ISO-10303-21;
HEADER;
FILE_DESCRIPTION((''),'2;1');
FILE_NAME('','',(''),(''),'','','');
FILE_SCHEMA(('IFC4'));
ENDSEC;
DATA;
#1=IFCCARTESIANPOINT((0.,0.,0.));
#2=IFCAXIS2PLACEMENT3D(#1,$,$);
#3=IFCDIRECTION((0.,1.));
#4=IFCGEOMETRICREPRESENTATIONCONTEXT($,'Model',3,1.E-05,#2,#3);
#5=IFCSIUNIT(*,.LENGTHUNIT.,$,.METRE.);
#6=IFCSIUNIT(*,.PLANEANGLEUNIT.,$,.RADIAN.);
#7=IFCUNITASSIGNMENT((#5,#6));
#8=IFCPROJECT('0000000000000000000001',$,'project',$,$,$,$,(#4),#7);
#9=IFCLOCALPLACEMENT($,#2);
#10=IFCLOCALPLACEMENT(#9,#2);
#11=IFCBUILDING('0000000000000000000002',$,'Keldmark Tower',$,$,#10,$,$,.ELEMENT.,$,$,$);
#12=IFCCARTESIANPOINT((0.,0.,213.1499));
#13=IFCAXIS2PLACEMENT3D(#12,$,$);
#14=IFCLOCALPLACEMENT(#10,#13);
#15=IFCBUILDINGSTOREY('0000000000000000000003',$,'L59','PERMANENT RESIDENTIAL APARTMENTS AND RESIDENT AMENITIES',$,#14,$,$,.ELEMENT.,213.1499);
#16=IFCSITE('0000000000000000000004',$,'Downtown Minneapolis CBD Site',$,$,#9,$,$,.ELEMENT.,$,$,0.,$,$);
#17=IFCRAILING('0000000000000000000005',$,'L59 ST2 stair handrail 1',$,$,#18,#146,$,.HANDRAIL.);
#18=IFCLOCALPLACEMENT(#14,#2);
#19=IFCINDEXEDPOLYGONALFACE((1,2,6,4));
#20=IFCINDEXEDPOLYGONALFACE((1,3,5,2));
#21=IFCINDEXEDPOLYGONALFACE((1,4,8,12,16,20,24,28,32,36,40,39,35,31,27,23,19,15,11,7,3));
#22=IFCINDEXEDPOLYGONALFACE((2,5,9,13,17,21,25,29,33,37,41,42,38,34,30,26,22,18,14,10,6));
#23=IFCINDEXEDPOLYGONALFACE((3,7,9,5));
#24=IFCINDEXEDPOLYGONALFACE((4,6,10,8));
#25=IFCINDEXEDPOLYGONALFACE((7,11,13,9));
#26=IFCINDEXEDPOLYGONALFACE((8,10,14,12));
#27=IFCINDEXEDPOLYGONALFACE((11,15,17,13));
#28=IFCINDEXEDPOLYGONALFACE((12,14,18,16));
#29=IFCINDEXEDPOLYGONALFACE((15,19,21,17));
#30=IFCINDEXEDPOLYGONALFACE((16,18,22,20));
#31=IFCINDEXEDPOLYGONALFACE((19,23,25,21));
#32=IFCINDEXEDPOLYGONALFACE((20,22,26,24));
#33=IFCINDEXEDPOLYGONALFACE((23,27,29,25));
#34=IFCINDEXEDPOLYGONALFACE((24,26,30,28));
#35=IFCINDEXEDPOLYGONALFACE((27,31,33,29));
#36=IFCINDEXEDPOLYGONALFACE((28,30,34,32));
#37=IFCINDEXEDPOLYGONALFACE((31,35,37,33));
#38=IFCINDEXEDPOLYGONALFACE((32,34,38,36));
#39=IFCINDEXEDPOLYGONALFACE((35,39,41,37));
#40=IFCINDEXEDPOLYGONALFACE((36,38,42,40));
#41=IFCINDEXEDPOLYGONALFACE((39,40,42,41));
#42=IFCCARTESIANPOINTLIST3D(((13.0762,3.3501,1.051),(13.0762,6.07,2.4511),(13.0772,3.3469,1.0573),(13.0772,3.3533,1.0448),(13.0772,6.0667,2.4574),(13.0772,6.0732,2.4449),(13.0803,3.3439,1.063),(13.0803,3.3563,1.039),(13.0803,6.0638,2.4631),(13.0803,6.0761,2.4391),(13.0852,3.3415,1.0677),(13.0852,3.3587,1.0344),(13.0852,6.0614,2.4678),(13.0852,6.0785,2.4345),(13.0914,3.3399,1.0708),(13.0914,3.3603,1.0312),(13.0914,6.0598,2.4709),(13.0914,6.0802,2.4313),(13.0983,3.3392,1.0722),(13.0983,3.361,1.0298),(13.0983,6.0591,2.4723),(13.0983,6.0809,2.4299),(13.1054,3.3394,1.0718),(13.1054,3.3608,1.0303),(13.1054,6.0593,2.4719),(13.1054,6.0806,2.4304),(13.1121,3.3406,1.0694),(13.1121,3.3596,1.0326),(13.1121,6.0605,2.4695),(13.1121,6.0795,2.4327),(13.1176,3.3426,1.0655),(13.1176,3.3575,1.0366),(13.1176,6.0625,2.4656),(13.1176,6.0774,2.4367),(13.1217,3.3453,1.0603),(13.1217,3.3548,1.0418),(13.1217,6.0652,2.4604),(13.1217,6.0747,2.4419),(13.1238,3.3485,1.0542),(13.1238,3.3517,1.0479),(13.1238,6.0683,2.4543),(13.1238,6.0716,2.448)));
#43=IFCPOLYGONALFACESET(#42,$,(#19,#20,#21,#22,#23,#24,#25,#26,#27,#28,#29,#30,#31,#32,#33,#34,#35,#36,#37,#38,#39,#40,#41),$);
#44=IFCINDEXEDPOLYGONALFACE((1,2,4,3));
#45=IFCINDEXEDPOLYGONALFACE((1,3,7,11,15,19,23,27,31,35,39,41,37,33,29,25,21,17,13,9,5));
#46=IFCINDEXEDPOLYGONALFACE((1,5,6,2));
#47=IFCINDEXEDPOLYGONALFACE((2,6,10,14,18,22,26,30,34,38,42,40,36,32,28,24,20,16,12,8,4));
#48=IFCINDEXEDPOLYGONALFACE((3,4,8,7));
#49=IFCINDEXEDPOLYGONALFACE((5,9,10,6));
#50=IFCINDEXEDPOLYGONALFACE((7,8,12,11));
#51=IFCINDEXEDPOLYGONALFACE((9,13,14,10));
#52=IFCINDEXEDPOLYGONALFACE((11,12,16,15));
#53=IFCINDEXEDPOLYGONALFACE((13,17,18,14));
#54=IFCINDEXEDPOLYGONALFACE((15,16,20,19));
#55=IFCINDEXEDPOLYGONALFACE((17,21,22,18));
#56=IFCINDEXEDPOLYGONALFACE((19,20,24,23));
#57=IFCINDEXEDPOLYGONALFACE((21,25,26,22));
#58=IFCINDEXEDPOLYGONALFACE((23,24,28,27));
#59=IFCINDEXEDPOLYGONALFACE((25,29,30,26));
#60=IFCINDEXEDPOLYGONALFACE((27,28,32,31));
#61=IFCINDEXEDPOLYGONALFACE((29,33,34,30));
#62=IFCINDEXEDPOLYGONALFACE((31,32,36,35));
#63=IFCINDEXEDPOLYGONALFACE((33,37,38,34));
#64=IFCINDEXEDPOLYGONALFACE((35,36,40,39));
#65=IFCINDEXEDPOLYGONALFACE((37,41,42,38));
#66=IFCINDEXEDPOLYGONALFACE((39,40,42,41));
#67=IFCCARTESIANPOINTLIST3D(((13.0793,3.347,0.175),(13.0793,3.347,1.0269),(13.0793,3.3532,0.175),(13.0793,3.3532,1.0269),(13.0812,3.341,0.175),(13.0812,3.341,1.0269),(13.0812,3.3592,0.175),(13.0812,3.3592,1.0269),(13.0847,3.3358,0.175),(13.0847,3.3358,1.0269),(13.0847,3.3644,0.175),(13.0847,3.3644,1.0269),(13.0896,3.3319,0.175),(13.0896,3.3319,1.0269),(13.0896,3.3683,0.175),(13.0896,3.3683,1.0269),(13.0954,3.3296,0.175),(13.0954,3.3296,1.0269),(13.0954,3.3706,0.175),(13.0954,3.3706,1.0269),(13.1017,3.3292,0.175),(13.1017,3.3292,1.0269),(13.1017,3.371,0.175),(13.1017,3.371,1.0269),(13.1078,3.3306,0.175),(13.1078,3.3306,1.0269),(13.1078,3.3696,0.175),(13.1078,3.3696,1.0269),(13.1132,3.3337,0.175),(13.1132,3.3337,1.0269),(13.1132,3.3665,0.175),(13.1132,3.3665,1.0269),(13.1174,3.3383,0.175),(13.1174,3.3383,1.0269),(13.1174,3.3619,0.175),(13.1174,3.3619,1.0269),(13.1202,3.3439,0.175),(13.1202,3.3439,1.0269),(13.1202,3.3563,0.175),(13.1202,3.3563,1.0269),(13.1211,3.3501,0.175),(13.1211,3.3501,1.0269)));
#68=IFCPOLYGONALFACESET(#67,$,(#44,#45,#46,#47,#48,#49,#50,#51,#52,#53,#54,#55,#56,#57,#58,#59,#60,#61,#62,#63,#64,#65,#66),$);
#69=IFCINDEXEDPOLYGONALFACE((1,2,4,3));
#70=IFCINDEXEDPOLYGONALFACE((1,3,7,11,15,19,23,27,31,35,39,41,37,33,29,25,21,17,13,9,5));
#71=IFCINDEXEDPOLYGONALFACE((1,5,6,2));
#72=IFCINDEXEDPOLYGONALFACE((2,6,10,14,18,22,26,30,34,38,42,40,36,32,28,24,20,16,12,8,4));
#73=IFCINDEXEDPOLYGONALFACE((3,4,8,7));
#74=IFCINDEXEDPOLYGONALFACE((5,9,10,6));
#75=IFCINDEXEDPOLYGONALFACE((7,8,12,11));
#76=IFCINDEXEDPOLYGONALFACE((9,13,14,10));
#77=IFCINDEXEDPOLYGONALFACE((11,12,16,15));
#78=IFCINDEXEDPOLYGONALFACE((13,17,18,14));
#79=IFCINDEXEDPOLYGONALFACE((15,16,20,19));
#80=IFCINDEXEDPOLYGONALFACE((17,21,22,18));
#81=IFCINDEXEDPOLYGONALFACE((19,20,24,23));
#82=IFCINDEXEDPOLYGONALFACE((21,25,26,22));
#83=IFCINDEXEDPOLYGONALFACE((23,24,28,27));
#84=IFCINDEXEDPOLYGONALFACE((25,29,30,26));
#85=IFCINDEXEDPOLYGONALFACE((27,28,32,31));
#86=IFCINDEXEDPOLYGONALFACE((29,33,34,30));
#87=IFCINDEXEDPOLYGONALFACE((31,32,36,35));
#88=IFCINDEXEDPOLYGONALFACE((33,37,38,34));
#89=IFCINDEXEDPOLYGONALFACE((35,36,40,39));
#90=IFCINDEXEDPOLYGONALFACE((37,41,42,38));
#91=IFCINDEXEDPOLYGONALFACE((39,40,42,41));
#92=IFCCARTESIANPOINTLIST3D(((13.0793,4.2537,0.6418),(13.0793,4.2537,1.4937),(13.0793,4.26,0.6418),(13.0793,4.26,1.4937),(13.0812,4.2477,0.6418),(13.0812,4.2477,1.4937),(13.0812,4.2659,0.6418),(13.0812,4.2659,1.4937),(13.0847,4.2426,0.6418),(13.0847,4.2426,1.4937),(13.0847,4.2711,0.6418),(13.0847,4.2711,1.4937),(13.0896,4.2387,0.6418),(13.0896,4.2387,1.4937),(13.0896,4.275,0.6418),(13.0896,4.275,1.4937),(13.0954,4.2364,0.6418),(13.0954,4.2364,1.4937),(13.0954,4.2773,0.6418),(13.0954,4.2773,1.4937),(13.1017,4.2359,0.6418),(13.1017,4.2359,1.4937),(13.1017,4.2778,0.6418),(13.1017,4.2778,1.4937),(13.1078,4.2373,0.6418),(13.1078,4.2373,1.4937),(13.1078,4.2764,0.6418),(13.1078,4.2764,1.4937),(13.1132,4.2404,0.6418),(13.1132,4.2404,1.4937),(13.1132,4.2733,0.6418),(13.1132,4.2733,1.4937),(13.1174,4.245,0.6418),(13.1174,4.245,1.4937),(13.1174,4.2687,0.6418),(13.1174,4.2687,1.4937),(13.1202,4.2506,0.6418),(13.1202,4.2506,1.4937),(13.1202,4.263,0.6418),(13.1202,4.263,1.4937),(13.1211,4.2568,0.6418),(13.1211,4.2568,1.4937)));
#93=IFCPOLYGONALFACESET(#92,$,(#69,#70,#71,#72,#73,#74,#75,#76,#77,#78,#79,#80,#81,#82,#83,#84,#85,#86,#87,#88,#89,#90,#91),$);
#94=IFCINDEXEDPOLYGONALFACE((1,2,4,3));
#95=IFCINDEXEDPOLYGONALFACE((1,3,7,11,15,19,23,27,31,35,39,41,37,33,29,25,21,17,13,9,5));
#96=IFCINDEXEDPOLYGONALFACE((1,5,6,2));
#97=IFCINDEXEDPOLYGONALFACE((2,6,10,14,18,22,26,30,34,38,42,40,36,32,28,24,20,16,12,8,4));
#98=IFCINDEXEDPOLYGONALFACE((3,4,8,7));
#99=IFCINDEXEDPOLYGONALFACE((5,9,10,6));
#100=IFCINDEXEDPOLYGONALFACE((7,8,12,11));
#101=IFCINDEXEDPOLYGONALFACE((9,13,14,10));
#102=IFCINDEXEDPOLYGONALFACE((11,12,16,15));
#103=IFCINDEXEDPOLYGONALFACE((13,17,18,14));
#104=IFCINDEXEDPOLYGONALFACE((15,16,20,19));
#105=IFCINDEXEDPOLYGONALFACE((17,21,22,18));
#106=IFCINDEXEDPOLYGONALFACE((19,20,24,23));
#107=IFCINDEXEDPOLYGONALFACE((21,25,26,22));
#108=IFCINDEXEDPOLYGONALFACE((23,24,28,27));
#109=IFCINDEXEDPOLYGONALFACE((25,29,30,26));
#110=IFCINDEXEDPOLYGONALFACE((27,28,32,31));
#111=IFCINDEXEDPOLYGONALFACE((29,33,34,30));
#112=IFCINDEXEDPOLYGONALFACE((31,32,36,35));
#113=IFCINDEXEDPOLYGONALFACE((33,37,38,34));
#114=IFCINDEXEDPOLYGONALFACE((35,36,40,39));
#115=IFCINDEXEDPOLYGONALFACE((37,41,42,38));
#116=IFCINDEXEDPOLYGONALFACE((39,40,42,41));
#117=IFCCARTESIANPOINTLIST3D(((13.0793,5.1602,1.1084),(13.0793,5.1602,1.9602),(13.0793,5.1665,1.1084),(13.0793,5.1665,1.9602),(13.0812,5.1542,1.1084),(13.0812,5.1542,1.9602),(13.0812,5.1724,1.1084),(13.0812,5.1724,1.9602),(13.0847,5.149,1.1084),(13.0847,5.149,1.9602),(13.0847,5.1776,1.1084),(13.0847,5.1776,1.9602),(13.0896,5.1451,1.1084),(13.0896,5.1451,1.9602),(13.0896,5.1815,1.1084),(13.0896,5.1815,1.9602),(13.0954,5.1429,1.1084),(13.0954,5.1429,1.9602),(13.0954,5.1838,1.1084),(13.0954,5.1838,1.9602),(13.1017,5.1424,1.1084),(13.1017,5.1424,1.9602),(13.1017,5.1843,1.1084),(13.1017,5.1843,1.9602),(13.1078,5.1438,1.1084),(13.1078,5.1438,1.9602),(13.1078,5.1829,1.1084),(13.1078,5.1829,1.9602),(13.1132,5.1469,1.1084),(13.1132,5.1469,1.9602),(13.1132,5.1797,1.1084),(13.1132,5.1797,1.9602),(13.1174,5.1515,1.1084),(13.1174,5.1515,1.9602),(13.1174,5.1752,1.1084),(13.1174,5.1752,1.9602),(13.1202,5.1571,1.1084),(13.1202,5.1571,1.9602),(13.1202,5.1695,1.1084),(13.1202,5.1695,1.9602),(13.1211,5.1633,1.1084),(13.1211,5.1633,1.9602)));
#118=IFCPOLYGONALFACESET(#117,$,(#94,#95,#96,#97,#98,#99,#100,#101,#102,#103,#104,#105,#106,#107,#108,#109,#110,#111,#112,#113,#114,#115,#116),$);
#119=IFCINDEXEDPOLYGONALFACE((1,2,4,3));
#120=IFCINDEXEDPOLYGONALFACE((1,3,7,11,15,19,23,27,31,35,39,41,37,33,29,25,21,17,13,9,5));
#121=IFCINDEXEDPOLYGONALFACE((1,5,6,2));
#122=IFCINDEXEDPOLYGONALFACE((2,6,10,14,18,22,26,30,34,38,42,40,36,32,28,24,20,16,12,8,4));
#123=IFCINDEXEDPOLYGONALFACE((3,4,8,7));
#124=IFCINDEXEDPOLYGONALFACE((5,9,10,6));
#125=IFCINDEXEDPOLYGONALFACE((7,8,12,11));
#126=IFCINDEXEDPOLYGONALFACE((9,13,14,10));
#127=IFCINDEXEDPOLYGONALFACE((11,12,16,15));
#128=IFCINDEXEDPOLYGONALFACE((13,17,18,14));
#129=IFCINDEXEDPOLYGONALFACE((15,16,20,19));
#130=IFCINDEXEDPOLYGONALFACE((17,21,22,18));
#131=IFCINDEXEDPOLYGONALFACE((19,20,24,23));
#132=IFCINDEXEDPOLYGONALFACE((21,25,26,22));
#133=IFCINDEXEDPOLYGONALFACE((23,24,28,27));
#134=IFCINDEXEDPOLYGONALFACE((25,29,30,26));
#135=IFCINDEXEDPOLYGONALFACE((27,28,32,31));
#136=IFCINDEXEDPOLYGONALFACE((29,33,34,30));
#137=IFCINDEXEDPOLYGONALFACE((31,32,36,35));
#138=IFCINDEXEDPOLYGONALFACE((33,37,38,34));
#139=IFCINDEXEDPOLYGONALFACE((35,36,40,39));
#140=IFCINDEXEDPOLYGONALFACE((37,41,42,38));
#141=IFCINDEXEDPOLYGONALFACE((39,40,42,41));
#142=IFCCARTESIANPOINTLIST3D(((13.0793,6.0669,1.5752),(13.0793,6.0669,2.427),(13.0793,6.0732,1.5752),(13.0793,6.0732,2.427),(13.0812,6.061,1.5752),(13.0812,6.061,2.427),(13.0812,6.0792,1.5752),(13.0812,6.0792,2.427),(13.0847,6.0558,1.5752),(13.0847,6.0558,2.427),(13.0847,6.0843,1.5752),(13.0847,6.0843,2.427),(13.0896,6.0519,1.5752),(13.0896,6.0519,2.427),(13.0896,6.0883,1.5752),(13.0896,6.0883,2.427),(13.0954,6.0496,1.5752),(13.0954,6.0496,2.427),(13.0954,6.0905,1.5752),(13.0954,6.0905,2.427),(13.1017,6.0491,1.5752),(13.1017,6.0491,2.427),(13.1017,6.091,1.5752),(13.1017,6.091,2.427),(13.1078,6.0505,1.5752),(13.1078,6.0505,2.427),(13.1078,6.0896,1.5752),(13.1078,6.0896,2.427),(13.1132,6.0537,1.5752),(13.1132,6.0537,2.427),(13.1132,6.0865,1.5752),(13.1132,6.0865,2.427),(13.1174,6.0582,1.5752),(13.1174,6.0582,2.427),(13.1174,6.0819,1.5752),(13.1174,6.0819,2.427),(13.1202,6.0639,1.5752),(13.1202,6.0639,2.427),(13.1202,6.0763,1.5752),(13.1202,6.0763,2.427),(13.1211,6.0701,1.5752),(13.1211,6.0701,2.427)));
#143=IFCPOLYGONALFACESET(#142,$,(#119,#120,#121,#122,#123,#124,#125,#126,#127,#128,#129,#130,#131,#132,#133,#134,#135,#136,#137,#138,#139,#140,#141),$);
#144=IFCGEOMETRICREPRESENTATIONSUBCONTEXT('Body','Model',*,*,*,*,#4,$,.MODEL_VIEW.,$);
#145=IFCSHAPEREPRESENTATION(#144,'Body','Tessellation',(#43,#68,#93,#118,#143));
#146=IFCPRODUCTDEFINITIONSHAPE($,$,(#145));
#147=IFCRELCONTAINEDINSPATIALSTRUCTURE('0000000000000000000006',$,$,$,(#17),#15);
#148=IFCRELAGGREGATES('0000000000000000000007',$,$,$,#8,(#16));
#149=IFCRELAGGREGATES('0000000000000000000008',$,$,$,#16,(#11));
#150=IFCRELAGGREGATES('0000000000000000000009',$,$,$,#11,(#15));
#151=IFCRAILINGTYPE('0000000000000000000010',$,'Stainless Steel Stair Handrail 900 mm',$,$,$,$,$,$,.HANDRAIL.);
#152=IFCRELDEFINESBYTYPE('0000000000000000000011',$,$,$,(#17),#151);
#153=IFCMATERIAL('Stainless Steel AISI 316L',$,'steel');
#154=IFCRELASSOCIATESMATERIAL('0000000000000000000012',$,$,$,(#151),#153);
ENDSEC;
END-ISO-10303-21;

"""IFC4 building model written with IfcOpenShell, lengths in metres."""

from ifc_helpers import new_model, si_unit, direction, frame, origin, origin_2d, place, context, subcontext, project, spatial, circle, extrude, material, type_object, element, save


model = new_model("IFC4")

# Units and contexts
model_context = context("Model", 3, precision=1e-05, world=origin(), true_north=direction((0.0, 1.0)))
body_context = subcontext(model_context, "Body", "Model", "MODEL_VIEW")
ifc_project = project(units=[si_unit("LENGTHUNIT", "METRE"), si_unit("PLANEANGLEUNIT", "RADIAN")], contexts=[model_context])

# Site, building, storey
site_placement = place(None, origin())
site = spatial("IfcSite", under=ifc_project, at=site_placement, Name="Downtown Minneapolis CBD Site", CompositionType="ELEMENT", RefElevation=0.0)
building_placement = place(site_placement, origin())
building = spatial("IfcBuilding", under=site, at=building_placement, Name="Keldmark Tower", CompositionType="ELEMENT")
storey_placement = place(building_placement, frame((0.0, 0.0, 213.1499)))
storey = spatial("IfcBuildingStorey", under=building, at=storey_placement, Name="L59", Description="PERMANENT RESIDENTIAL APARTMENTS AND RESIDENT AMENITIES", CompositionType="ELEMENT", Elevation=213.1499)

# Railing
ifc_material_1 = material(Name="Stainless Steel AISI 316L", Category="steel")
railing_type_1 = type_object("IfcRailingType", Name="Stainless Steel Stair Handrail 900 mm", PredefinedType="HANDRAIL", material=ifc_material_1)
railing_1_placement = place(storey_placement, frame((13.1001, 3.3501, 0.175)))
element("IfcRailing", 1, at=railing_1_placement, inside=storey, type_object=railing_type_1, Name="L59 ST2 stair handrail 1", PredefinedType="HANDRAIL", context=body_context, shape_type="SweptSolid", body=[
    extrude(circle(Radius=0.0239, at=origin_2d()), frame((0.0, 0.0, 0.876), z_axis=(0.0, 0.889114, 0.457685), x_axis=(-1.0, 0.0, 0.0)), (0.0, 0.0, 1.0), 3.0591),
    extrude(circle(Radius=0.021, at=origin_2d()), origin(), (0.0, 0.0, 1.0), 0.8518),
    extrude(circle(Radius=0.021, at=origin_2d()), frame((0.0, 0.9067, 0.4668)), (0.0, 0.0, 1.0), 0.8518),
    extrude(circle(Radius=0.021, at=origin_2d()), frame((0.0, 1.8132, 0.9333)), (0.0, 0.0, 1.0), 0.8518),
    extrude(circle(Radius=0.021, at=origin_2d()), frame((0.0, 2.72, 1.4001)), (0.0, 0.0, 1.0), 0.8518),
])

save(model, "model.ifc")
